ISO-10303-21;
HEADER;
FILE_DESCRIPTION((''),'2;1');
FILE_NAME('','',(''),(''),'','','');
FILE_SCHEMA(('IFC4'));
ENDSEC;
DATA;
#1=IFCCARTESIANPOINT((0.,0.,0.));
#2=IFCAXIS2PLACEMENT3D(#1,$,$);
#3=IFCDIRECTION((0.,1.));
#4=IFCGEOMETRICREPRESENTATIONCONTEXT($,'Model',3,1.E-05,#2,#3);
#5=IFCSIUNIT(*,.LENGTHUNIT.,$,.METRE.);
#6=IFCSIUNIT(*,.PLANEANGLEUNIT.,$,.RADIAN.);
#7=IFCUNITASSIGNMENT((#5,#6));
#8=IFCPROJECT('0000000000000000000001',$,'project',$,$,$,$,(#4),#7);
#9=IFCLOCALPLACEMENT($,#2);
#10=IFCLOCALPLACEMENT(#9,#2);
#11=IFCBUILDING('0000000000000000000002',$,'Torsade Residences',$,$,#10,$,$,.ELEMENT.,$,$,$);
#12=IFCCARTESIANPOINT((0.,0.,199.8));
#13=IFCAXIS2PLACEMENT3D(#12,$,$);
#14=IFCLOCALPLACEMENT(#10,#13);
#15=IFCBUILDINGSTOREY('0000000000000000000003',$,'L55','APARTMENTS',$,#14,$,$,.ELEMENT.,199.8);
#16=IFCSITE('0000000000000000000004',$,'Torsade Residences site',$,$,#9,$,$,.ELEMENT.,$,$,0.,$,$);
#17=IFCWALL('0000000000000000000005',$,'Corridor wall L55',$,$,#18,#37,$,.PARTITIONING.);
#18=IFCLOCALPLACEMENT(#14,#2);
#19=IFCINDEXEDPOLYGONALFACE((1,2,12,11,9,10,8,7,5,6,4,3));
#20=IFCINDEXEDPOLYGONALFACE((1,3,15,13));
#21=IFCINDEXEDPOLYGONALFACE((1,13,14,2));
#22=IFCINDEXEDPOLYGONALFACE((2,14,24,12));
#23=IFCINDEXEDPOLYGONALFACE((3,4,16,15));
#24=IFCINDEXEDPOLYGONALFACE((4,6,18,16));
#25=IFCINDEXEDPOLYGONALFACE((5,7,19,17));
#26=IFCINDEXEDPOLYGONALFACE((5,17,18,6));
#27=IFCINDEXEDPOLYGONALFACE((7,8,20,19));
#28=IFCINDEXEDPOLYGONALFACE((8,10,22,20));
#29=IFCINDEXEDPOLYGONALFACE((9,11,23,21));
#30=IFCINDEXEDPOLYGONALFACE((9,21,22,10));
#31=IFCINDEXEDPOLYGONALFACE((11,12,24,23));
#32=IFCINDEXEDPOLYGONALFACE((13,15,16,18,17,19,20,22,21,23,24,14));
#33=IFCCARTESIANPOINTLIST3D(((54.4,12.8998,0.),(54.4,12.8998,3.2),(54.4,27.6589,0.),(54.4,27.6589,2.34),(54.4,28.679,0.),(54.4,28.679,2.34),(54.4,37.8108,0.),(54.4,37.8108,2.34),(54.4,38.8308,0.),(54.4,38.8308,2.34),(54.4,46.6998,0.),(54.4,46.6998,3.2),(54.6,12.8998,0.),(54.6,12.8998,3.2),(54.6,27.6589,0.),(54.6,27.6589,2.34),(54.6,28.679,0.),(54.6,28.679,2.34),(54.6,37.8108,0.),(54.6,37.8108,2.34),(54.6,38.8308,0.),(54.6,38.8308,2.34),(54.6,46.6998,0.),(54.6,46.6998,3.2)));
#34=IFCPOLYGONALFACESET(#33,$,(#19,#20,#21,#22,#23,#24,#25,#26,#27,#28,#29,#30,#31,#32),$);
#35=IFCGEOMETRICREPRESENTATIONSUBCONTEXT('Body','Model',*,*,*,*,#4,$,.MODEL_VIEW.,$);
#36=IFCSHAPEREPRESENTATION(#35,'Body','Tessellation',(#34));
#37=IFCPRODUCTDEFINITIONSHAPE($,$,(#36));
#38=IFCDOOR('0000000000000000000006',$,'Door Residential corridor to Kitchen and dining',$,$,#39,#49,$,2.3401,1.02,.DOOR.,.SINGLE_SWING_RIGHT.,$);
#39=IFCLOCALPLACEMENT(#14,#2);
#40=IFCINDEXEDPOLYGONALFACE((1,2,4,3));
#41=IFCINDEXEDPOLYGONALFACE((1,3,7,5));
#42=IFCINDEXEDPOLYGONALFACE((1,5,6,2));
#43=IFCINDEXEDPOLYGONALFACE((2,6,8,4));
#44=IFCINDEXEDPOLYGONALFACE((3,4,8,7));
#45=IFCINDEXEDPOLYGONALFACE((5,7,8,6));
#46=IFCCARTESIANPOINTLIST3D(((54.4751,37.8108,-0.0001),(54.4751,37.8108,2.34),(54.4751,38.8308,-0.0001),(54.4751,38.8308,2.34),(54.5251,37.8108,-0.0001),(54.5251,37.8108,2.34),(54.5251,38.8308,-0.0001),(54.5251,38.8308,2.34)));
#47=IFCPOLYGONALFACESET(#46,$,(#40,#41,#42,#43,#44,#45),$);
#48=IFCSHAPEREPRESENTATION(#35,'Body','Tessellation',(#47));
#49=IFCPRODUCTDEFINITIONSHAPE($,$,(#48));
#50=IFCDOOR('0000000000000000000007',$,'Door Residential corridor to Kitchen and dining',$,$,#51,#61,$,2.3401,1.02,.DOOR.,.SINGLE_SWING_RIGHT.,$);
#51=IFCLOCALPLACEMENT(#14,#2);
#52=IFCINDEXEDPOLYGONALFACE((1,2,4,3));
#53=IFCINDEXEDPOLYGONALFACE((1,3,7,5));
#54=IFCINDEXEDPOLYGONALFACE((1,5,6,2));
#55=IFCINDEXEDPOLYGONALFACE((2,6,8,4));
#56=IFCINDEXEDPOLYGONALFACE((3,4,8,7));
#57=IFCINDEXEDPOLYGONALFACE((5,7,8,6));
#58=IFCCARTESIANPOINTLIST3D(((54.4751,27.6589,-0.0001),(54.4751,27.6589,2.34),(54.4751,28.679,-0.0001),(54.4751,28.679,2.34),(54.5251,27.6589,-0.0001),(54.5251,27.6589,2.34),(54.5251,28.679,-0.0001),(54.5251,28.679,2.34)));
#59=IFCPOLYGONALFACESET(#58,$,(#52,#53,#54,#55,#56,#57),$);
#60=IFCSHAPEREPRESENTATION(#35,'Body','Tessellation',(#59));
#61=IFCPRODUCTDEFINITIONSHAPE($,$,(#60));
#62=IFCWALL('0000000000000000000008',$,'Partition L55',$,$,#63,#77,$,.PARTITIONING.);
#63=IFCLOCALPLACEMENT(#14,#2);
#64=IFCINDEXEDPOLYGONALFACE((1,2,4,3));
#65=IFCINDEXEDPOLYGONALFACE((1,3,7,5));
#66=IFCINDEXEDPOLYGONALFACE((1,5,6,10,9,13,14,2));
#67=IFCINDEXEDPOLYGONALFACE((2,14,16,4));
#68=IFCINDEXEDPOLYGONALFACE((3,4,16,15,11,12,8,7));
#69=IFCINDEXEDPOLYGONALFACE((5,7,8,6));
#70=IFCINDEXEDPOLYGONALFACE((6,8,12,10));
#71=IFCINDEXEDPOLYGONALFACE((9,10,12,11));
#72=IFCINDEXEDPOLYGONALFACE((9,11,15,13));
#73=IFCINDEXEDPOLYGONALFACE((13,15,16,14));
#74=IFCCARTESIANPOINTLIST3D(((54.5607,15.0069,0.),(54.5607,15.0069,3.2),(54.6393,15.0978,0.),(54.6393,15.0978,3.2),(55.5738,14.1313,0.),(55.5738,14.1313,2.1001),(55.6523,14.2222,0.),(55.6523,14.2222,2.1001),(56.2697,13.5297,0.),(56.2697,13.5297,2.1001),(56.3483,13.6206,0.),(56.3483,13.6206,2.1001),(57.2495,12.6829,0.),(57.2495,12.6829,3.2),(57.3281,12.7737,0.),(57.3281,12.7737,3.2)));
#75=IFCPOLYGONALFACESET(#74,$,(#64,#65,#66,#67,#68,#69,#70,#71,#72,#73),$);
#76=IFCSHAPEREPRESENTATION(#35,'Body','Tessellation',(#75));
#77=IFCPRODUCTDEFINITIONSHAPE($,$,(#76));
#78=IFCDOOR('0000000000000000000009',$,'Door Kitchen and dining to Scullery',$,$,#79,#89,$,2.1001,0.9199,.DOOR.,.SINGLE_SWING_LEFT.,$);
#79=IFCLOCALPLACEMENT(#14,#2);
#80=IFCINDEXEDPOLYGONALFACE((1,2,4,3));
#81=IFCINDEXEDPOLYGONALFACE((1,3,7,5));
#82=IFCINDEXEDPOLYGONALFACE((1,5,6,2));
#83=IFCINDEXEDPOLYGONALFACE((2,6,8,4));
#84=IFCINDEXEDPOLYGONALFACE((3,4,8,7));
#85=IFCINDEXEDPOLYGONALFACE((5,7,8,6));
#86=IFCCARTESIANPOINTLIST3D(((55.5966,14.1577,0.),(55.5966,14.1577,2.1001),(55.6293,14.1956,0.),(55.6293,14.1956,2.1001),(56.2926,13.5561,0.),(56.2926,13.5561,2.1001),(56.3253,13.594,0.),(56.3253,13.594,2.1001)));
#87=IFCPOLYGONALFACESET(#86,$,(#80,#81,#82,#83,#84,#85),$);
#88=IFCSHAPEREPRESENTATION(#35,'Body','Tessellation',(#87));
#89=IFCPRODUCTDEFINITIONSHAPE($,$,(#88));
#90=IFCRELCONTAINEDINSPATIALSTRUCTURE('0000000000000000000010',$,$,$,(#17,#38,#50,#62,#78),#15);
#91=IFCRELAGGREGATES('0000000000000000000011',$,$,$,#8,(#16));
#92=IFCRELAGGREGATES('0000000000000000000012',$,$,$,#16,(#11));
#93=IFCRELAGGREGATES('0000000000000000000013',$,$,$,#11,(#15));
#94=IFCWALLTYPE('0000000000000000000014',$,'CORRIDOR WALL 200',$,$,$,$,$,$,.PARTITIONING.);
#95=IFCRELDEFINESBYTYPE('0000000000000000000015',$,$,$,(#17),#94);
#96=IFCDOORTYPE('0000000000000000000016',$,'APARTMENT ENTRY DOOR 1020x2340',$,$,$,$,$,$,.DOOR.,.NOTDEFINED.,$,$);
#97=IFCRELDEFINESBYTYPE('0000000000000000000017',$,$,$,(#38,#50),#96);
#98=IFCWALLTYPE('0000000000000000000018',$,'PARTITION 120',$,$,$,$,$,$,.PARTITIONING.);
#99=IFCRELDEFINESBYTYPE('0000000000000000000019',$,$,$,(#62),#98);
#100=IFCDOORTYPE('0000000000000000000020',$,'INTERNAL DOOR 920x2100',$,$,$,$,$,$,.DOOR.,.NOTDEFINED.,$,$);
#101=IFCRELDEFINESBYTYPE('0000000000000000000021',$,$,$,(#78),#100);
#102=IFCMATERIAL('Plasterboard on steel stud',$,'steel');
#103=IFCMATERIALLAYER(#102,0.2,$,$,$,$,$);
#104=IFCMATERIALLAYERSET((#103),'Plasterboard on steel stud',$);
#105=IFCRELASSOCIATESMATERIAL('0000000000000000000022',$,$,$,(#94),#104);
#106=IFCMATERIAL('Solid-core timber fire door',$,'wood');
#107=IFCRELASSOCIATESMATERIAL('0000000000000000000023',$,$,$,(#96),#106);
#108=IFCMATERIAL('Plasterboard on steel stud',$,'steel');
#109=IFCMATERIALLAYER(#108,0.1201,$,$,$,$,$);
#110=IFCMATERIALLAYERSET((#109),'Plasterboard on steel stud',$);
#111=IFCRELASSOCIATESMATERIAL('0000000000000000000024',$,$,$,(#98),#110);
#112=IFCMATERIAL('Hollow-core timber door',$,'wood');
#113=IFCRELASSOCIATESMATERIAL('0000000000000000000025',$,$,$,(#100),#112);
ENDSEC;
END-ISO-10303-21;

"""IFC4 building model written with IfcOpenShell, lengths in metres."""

from ifc_helpers import new_model, si_unit, direction, frame, frame_2d, origin, place, context, subcontext, project, spatial, rectangle, extrude, material, layer, layer_set, type_object, element, fill, save


model = new_model("IFC4")

# Units and contexts
model_context = context("Model", 3, precision=1e-05, world=origin(), true_north=direction((0.0, 1.0)))
body_context = subcontext(model_context, "Body", "Model", "MODEL_VIEW")
ifc_project = project(units=[si_unit("LENGTHUNIT", "METRE"), si_unit("PLANEANGLEUNIT", "RADIAN")], contexts=[model_context])

# Site, building, storey
site_placement = place(None, origin())
site = spatial("IfcSite", under=ifc_project, at=site_placement, Name="Torsade Residences site", CompositionType="ELEMENT", RefElevation=0.0)
building_placement = place(site_placement, origin())
building = spatial("IfcBuilding", under=site, at=building_placement, Name="Torsade Residences", CompositionType="ELEMENT")
storey_placement = place(building_placement, frame((0.0, 0.0, 199.8)))
storey = spatial("IfcBuildingStorey", under=building, at=storey_placement, Name="L55", Description="APARTMENTS", CompositionType="ELEMENT", Elevation=199.8)

# Wall, openings, doors
ifc_material_1 = material(Name="Plasterboard on steel stud", Category="steel")
ifc_layer_1 = layer(ifc_material_1, 0.2)
ifc_layer_set_1 = layer_set([ifc_layer_1], Name="Plasterboard on steel stud")
wall_type_1 = type_object("IfcWallType", Name="CORRIDOR WALL 200", PredefinedType="PARTITIONING", material=ifc_layer_set_1)
wall_1_placement = place(storey_placement, frame((54.5, 12.8999, 0.0), z_axis=(0.0, 0.0, 1.0), x_axis=(0.0, 1.0, 0.0)))
wall_1 = element("IfcWall", 1, at=wall_1_placement, inside=storey, type_object=wall_type_1, Name="Corridor wall L55", PredefinedType="PARTITIONING", context=body_context, shape_type="SweptSolid", body=[
    extrude(rectangle(XDim=33.8, YDim=0.2, at=frame_2d((16.8999, 0.0))), origin(), (0.0, 0.0, 1.0), 3.2),
])
opening_1_placement = place(wall_1_placement, frame((24.9109, 0.0, 0.0)))
opening_1 = element("IfcOpeningElement", 2, at=opening_1_placement, cuts=wall_1, PredefinedType="OPENING", context=body_context, shape_type="SweptSolid", body=[
    extrude(rectangle(XDim=1.02, YDim=2.3401, at=frame_2d((0.51, 1.1699))), frame((0.0, 0.1099, 0.0), z_axis=(0.0, -1.0, 0.0), x_axis=(1.0, 0.0, 0.0)), (0.0, 0.0, 1.0), 0.22),
])
opening_2_placement = place(wall_1_placement, frame((14.759, 0.0, 0.0)))
opening_2 = element("IfcOpeningElement", 3, at=opening_2_placement, cuts=wall_1, PredefinedType="OPENING", context=body_context, shape_type="SweptSolid", body=[
    extrude(rectangle(XDim=1.02, YDim=2.3401, at=frame_2d((0.51, 1.1699))), frame((0.0, 0.1099, 0.0), z_axis=(0.0, -1.0, 0.0), x_axis=(1.0, 0.0, 0.0)), (0.0, 0.0, 1.0), 0.22),
])
ifc_material_2 = material(Name="Solid-core timber fire door", Category="wood")
door_type_1 = type_object("IfcDoorType", Name="APARTMENT ENTRY DOOR 1020x2340", OperationType="NOTDEFINED", PredefinedType="DOOR", material=ifc_material_2)
door_1_placement = place(opening_1_placement, origin())
door_1 = element("IfcDoor", 4, at=door_1_placement, inside=storey, type_object=door_type_1, Name="Door Residential corridor to Kitchen and dining", OperationType="SINGLE_SWING_RIGHT", OverallHeight=2.3401, OverallWidth=1.02, PredefinedType="DOOR", context=body_context, shape_type="SweptSolid", body=[
    extrude(rectangle(XDim=1.02, YDim=2.3401, at=frame_2d((0.51, 1.1699))), frame((0.0, 0.0249, 0.0), z_axis=(0.0, -1.0, 0.0), x_axis=(1.0, 0.0, 0.0)), (0.0, 0.0, 1.0), 0.05),
])
fill(opening_1, door_1)
door_2_placement = place(opening_2_placement, origin())
door_2 = element("IfcDoor", 5, at=door_2_placement, inside=storey, type_object=door_type_1, Name="Door Residential corridor to Kitchen and dining", OperationType="SINGLE_SWING_RIGHT", OverallHeight=2.3401, OverallWidth=1.02, PredefinedType="DOOR", context=body_context, shape_type="SweptSolid", body=[
    extrude(rectangle(XDim=1.02, YDim=2.3401, at=frame_2d((0.51, 1.1699))), frame((0.0, 0.0249, 0.0), z_axis=(0.0, -1.0, 0.0), x_axis=(1.0, 0.0, 0.0)), (0.0, 0.0, 1.0), 0.05),
])
fill(opening_2, door_2)

# Wall, opening, door
ifc_material_3 = material(Name="Plasterboard on steel stud", Category="steel")
ifc_layer_2 = layer(ifc_material_3, 0.1201)
ifc_layer_set_2 = layer_set([ifc_layer_2], Name="Plasterboard on steel stud")
wall_type_2 = type_object("IfcWallType", Name="PARTITION 120", PredefinedType="PARTITIONING", material=ifc_layer_set_2)
wall_2_placement = place(storey_placement, frame((54.6001, 15.0522, 0.0), z_axis=(0.0, 0.0, 1.0), x_axis=(0.756559, -0.653926, 0.0)))
wall_2 = element("IfcWall", 6, at=wall_2_placement, inside=storey, type_object=wall_type_2, Name="Partition L55", PredefinedType="PARTITIONING", context=body_context, shape_type="SweptSolid", body=[
    extrude(rectangle(XDim=3.554, YDim=0.1201, at=frame_2d((1.7769, 0.0))), origin(), (0.0, 0.0, 1.0), 3.2),
])
opening_3_placement = place(wall_2_placement, frame((1.3389, 0.0, 0.0)))
opening_3 = element("IfcOpeningElement", 7, at=opening_3_placement, cuts=wall_2, PredefinedType="OPENING", context=body_context, shape_type="SweptSolid", body=[
    extrude(rectangle(XDim=0.9199, YDim=2.1001, at=frame_2d((0.46, 1.05))), frame((0.0, 0.0701, 0.0), z_axis=(0.0, -1.0, 0.0), x_axis=(1.0, 0.0, 0.0)), (0.0, 0.0, 1.0), 0.1401),
])
ifc_material_4 = material(Name="Hollow-core timber door", Category="wood")
door_type_2 = type_object("IfcDoorType", Name="INTERNAL DOOR 920x2100", OperationType="NOTDEFINED", PredefinedType="DOOR", material=ifc_material_4)
door_3_placement = place(opening_3_placement, origin())
door_3 = element("IfcDoor", 8, at=door_3_placement, inside=storey, type_object=door_type_2, Name="Door Kitchen and dining to Scullery", OperationType="SINGLE_SWING_LEFT", OverallHeight=2.1001, OverallWidth=0.9199, PredefinedType="DOOR", context=body_context, shape_type="SweptSolid", body=[
    extrude(rectangle(XDim=0.9199, YDim=2.1001, at=frame_2d((0.46, 1.05))), frame((0.0, 0.0249, 0.0), z_axis=(0.0, -1.0, 0.0), x_axis=(1.0, 0.0, 0.0)), (0.0, 0.0, 1.0), 0.05),
])
fill(opening_3, door_3)

save(model, "model.ifc")
